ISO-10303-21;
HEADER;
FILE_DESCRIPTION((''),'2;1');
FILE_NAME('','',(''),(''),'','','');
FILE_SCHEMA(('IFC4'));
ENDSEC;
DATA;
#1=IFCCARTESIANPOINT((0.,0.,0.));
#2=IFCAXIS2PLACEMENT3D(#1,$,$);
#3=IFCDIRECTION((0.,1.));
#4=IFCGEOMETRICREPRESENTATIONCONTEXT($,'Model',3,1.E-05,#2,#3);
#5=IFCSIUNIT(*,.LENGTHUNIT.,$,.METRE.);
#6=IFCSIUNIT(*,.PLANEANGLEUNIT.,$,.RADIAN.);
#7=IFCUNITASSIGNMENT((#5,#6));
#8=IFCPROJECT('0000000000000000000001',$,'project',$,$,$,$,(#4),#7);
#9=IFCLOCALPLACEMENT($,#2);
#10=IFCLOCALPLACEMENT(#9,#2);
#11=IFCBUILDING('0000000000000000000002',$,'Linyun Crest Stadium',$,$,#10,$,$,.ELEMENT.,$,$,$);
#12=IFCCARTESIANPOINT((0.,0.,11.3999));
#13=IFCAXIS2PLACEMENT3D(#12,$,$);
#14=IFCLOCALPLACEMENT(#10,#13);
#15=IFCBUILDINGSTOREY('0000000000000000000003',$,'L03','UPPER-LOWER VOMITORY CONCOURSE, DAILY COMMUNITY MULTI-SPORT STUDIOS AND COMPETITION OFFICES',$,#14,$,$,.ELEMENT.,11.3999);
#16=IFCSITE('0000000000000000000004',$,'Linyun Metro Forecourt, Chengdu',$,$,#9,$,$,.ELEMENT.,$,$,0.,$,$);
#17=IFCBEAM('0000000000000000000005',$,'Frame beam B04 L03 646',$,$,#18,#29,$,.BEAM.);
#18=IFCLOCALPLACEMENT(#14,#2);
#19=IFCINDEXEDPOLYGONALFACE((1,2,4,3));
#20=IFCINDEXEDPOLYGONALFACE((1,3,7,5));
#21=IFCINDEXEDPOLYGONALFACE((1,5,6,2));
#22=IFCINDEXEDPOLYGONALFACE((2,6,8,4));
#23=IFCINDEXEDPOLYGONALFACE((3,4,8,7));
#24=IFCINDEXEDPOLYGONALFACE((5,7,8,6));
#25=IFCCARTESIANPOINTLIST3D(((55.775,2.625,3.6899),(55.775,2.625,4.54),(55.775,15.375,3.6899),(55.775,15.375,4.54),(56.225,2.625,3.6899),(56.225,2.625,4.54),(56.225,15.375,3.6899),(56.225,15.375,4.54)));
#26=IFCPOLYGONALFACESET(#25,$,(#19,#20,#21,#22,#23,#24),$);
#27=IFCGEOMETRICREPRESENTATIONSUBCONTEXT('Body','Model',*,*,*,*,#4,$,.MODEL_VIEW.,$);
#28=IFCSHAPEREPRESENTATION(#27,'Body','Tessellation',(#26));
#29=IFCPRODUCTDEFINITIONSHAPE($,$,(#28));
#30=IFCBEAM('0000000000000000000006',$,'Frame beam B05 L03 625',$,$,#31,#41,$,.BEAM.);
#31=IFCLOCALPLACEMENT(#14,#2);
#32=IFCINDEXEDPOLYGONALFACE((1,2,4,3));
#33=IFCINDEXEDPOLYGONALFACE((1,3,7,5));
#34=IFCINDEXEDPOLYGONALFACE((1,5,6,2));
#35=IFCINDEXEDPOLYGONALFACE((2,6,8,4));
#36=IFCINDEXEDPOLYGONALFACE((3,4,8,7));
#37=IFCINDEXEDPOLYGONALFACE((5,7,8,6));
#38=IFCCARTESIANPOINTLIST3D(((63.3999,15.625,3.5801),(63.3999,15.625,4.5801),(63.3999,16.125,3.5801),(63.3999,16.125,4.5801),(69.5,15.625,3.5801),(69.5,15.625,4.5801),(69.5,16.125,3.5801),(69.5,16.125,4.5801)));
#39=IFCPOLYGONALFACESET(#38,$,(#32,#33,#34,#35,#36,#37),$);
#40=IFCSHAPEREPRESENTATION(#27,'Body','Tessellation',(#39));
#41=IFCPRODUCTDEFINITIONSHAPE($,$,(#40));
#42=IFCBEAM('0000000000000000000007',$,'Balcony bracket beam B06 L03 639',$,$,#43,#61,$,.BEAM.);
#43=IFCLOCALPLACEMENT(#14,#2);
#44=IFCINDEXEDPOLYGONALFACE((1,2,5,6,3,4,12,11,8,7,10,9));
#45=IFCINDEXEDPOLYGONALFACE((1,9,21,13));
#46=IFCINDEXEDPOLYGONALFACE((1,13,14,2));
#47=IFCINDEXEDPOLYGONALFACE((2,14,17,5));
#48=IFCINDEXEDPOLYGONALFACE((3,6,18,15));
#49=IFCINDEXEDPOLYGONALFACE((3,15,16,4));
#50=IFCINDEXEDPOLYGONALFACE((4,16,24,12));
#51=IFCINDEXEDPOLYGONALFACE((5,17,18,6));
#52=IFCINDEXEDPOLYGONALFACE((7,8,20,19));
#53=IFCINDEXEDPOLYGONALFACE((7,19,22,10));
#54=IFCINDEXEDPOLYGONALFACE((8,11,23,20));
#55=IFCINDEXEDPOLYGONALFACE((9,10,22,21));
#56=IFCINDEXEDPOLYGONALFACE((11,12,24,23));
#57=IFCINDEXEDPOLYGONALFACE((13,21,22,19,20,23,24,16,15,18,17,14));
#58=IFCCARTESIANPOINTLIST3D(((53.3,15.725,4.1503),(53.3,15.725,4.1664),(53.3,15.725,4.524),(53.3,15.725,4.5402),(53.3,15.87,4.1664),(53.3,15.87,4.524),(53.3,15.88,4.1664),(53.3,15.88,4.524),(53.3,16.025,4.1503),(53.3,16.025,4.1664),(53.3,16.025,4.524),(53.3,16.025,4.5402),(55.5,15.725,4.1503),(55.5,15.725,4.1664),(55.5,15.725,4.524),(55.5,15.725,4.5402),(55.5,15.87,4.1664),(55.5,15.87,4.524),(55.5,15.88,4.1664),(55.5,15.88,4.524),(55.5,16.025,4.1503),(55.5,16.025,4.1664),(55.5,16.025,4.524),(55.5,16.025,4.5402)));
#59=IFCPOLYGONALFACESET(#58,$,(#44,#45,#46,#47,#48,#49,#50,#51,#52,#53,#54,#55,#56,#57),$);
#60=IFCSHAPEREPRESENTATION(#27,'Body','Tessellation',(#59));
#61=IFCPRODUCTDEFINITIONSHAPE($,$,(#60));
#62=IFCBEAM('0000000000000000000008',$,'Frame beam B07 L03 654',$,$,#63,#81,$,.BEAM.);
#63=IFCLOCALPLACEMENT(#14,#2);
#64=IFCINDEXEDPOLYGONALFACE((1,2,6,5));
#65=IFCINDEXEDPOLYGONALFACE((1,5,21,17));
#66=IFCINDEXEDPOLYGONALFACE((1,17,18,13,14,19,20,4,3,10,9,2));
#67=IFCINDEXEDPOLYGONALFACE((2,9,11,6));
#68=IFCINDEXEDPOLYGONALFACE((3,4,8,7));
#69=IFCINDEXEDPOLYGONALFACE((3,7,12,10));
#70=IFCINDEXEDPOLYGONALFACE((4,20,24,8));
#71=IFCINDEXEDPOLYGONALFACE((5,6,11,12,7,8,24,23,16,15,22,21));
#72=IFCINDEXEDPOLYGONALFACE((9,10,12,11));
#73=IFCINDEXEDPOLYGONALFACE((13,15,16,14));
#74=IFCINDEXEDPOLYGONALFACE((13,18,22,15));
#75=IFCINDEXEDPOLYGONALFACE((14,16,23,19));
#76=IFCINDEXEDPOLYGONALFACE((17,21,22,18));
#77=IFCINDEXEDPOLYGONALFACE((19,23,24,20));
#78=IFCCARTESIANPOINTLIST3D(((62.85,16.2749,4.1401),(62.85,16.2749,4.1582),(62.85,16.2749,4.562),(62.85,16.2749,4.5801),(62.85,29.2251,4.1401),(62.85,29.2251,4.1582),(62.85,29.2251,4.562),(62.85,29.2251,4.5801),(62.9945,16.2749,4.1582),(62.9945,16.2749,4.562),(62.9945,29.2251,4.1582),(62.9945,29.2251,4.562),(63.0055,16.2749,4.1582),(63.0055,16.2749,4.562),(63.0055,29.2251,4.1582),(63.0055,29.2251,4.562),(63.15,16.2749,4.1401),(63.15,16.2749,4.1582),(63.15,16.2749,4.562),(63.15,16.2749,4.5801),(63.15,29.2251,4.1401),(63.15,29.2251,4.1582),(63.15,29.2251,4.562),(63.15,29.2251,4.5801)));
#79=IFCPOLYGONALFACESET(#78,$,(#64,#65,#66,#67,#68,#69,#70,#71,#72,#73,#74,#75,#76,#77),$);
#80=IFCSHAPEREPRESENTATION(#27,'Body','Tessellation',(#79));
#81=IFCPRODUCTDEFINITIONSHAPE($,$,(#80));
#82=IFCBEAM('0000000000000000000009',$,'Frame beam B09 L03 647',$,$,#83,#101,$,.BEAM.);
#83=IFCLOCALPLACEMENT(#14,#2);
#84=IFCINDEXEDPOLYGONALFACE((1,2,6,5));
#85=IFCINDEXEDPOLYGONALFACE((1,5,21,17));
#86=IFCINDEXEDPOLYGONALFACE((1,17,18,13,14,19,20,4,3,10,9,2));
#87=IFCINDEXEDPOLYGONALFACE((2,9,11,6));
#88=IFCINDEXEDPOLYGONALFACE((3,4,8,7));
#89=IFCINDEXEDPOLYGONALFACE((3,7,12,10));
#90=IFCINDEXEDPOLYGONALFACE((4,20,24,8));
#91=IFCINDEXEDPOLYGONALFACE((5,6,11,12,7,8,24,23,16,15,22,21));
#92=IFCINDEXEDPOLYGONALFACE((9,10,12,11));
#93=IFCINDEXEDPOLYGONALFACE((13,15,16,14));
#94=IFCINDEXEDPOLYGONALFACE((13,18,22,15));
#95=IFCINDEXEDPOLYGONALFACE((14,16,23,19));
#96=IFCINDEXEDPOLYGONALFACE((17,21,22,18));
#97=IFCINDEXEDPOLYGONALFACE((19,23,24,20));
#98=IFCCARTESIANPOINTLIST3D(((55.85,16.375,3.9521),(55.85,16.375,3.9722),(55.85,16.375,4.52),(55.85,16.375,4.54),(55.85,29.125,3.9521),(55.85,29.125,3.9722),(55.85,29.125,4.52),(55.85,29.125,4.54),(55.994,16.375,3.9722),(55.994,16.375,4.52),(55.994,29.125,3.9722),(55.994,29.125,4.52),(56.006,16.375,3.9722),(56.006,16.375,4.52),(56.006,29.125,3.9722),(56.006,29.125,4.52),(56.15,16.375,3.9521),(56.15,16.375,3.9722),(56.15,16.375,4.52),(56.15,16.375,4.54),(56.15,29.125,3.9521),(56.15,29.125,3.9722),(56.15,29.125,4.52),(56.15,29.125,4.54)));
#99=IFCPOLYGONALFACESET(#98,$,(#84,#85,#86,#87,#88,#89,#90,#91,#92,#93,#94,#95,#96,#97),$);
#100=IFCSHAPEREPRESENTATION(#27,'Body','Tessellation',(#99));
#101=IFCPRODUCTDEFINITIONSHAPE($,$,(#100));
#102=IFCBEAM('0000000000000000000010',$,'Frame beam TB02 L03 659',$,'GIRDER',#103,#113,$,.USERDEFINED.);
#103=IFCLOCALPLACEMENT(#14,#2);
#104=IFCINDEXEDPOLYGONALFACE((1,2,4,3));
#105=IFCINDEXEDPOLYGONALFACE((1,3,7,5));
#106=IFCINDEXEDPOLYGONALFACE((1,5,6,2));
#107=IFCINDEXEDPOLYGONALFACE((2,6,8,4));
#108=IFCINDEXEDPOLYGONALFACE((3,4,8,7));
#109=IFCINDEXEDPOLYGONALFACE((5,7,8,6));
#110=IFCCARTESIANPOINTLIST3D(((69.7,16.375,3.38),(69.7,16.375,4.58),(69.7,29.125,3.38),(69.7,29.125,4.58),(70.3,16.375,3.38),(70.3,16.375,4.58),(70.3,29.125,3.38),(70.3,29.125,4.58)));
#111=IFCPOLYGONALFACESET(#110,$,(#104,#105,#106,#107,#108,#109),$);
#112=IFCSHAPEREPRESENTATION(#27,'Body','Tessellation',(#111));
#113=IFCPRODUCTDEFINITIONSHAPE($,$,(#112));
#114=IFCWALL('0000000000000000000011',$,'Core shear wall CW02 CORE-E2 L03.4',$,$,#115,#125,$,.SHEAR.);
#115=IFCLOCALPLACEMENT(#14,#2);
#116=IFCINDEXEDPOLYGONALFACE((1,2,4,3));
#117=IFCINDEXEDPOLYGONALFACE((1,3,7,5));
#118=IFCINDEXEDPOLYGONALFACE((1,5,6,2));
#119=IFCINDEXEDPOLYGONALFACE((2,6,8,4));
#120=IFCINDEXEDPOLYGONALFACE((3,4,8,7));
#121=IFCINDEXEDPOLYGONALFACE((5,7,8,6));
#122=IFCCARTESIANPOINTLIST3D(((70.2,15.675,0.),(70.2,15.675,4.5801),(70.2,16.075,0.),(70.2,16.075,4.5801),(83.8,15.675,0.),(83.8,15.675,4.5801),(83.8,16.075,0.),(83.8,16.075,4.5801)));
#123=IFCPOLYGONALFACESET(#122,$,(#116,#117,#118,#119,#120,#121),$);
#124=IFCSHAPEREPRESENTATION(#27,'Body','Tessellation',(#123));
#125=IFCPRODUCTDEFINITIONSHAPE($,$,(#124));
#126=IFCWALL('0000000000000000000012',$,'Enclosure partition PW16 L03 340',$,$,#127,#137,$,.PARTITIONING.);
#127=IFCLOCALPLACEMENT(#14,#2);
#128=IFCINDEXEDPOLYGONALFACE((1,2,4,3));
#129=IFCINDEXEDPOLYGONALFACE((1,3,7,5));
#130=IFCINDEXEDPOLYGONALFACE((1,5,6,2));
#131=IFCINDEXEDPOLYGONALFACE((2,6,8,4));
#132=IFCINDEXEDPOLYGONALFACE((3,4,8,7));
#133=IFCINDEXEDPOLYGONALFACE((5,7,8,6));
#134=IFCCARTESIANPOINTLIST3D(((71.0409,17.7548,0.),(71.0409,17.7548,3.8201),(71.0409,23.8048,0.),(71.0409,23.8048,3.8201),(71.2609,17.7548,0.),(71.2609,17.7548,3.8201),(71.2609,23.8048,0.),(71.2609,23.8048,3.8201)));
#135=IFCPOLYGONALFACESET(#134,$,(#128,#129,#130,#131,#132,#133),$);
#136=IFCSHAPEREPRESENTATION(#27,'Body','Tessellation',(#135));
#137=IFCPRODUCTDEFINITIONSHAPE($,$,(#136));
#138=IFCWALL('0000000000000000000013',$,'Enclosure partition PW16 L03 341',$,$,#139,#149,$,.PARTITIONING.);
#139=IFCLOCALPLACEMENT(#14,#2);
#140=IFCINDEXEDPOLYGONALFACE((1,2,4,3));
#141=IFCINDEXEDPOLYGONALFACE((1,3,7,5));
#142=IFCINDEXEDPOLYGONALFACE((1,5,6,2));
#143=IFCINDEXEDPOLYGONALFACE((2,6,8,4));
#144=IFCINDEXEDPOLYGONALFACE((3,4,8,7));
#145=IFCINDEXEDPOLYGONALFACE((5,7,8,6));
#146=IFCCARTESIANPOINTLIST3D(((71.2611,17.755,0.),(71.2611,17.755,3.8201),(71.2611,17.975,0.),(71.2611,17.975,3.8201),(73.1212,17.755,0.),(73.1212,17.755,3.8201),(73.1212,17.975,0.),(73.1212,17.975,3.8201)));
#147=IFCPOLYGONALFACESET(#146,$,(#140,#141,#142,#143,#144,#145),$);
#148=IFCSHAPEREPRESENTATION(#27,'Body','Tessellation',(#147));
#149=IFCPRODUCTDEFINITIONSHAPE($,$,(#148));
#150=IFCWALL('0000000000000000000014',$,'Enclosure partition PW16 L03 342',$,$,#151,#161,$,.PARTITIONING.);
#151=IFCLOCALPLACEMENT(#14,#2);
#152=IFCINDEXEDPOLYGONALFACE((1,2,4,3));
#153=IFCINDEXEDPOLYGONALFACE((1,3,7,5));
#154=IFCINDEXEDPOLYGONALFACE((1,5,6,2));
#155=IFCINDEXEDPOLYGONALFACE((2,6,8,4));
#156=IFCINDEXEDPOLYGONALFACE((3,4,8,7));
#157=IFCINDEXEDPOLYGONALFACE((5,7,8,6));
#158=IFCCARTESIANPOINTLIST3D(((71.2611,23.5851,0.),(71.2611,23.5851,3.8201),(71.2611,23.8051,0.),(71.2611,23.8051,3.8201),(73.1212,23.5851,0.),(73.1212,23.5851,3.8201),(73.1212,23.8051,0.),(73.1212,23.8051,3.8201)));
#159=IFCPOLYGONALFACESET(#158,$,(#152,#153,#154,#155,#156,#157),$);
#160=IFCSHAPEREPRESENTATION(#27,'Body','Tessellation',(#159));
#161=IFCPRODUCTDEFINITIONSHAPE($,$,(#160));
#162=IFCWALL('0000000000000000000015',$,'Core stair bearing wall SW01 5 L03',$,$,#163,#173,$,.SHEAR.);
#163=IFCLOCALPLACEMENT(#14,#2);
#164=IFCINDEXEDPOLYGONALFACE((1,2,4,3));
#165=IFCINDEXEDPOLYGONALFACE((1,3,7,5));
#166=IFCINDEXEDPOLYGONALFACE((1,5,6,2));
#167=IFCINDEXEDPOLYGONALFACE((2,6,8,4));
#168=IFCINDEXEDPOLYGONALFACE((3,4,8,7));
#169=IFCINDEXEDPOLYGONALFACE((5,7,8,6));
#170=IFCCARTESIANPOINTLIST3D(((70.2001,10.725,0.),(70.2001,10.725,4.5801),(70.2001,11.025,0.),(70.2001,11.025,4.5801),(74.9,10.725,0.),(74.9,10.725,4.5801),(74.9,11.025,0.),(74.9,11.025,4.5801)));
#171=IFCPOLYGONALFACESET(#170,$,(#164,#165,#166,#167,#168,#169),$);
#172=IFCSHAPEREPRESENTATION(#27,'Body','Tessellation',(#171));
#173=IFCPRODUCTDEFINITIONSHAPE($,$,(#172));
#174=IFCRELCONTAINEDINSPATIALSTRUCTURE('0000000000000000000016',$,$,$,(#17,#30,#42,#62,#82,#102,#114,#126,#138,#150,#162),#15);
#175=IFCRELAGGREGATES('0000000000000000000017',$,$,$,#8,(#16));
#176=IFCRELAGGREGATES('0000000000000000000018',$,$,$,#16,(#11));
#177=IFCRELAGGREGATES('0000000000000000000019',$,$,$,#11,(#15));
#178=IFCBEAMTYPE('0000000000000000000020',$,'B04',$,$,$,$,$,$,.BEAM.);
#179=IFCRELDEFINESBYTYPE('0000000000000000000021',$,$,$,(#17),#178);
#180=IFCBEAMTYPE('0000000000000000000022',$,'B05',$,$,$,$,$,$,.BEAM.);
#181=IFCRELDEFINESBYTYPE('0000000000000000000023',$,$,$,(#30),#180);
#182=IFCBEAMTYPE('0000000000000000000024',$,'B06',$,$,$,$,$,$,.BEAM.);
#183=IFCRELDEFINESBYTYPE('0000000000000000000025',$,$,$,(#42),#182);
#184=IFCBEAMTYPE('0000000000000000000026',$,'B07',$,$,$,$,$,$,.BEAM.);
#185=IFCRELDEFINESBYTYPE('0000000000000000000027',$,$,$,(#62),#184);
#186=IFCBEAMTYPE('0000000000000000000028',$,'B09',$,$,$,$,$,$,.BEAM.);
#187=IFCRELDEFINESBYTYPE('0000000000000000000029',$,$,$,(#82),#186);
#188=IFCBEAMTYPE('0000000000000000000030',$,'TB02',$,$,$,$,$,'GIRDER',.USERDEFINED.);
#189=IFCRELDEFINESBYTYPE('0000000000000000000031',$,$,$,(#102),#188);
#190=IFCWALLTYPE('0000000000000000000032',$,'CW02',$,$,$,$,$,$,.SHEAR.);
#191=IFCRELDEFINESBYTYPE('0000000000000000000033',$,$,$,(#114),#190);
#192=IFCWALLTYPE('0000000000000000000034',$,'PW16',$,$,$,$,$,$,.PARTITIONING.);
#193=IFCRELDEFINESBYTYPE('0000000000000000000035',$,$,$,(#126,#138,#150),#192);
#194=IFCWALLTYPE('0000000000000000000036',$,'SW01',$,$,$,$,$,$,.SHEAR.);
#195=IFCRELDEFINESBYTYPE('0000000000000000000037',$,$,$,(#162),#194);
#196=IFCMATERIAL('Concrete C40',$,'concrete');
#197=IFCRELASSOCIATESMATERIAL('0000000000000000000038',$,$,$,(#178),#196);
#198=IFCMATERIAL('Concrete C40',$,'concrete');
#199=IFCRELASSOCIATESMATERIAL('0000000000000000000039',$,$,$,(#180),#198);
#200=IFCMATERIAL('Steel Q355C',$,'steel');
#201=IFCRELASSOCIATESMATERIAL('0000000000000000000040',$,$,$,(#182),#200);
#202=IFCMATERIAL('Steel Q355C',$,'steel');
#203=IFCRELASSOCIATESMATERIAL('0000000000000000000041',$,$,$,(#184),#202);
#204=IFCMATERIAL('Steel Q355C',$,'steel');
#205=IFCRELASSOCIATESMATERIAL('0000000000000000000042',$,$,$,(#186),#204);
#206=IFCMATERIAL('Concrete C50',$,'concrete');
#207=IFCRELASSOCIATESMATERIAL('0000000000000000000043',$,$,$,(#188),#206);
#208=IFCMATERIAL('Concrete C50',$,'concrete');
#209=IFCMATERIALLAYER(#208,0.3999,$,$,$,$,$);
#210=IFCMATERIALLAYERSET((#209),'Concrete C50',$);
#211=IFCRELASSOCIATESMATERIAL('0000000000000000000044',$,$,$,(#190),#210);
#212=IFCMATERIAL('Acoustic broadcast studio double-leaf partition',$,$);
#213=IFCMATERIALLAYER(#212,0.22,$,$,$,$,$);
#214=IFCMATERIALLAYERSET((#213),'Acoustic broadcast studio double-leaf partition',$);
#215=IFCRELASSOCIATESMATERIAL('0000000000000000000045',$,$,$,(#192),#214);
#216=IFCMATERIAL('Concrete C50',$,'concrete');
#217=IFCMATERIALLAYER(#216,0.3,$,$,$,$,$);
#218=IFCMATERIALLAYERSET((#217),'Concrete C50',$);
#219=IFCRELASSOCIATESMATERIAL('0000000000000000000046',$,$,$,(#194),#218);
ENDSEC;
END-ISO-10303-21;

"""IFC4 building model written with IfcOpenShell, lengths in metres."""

from ifc_helpers import new_model, si_unit, direction, frame, frame_2d, origin, origin_2d, place, context, subcontext, project, spatial, rectangle, i_section, extrude, material, layer, layer_set, material_profile, profile_set, type_object, element, save


model = new_model("IFC4")

# Units and contexts
model_context = context("Model", 3, precision=1e-05, world=origin(), true_north=direction((0.0, 1.0)))
body_context = subcontext(model_context, "Body", "Model", "MODEL_VIEW")
ifc_project = project(units=[si_unit("LENGTHUNIT", "METRE"), si_unit("PLANEANGLEUNIT", "RADIAN")], contexts=[model_context])

# Site, building, storey
site_placement = place(None, origin())
site = spatial("IfcSite", under=ifc_project, at=site_placement, Name="Linyun Metro Forecourt, Chengdu", CompositionType="ELEMENT", RefElevation=0.0)
building_placement = place(site_placement, origin())
building = spatial("IfcBuilding", under=site, at=building_placement, Name="Linyun Crest Stadium", CompositionType="ELEMENT")
storey_placement = place(building_placement, frame((0.0, 0.0, 11.3999)))
storey = spatial("IfcBuildingStorey", under=building, at=storey_placement, Name="L03", Description="UPPER-LOWER VOMITORY CONCOURSE, DAILY COMMUNITY MULTI-SPORT STUDIOS AND COMPETITION OFFICES", CompositionType="ELEMENT", Elevation=11.3999)

# Beams
ifc_material_1 = material(Name="Concrete C40", Category="concrete")
ifc_material_profile_1 = material_profile(ifc_material_1, rectangle(XDim=0.45, YDim=0.8501, at=origin_2d()), Name="RCB 850x450")
ifc_profile_set_1 = profile_set([ifc_material_profile_1], Name="Concrete C40")
beam_type_1 = type_object("IfcBeamType", Name="B04", PredefinedType="BEAM", material=ifc_profile_set_1)
beam_1_placement = place(storey_placement, frame((56.0, 2.625, 4.115), z_axis=(0.0, 1.0, 0.0), x_axis=(-1.0, 0.0, 0.0)))
element("IfcBeam", 1, at=beam_1_placement, inside=storey, type_object=beam_type_1, Name="Frame beam B04 L03 646", PredefinedType="BEAM", context=body_context, shape_type="SweptSolid", body=[
    extrude(rectangle(XDim=0.45, YDim=0.8501, at=origin_2d()), origin(), (0.0, 0.0, 1.0), 12.75),
])
ifc_material_2 = material(Name="Concrete C40", Category="concrete")
ifc_material_profile_2 = material_profile(ifc_material_2, rectangle(XDim=0.5, YDim=1.0, at=origin_2d()), Name="RCB 1000x500")
ifc_profile_set_2 = profile_set([ifc_material_profile_2], Name="Concrete C40")
beam_type_2 = type_object("IfcBeamType", Name="B05", PredefinedType="BEAM", material=ifc_profile_set_2)
beam_2_placement = place(storey_placement, frame((63.3999, 15.875, 4.0801), z_axis=(1.0, 0.0, 0.0), x_axis=(0.0, 1.0, 0.0)))
element("IfcBeam", 2, at=beam_2_placement, inside=storey, type_object=beam_type_2, Name="Frame beam B05 L03 625", PredefinedType="BEAM", context=body_context, shape_type="SweptSolid", body=[
    extrude(rectangle(XDim=0.5, YDim=1.0, at=origin_2d()), origin(), (0.0, 0.0, 1.0), 6.1001),
])
ifc_material_3 = material(Name="Steel Q355C", Category="steel")
ifc_material_profile_3 = material_profile(ifc_material_3, i_section(OverallWidth=0.3, OverallDepth=0.3899, WebThickness=0.01, FlangeThickness=0.0161, at=origin_2d()), Name="HM 390x300")
ifc_profile_set_3 = profile_set([ifc_material_profile_3], Name="Steel Q355C")
beam_type_3 = type_object("IfcBeamType", Name="B06", PredefinedType="BEAM", material=ifc_profile_set_3)
beam_3_placement = place(storey_placement, frame((55.5, 15.875, 4.3452), z_axis=(-1.0, 0.0, 0.0), x_axis=(0.0, -1.0, 0.0)))
element("IfcBeam", 3, at=beam_3_placement, inside=storey, type_object=beam_type_3, Name="Balcony bracket beam B06 L03 639", PredefinedType="BEAM", context=body_context, shape_type="SweptSolid", body=[
    extrude(i_section(OverallWidth=0.3, OverallDepth=0.3899, WebThickness=0.01, FlangeThickness=0.0161, at=origin_2d()), origin(), (0.0, 0.0, 1.0), 2.2),
])
ifc_material_4 = material(Name="Steel Q355C", Category="steel")
ifc_material_profile_4 = material_profile(ifc_material_4, i_section(OverallWidth=0.3, OverallDepth=0.4399, WebThickness=0.011, FlangeThickness=0.0181, at=origin_2d()), Name="HM 440x300")
ifc_profile_set_4 = profile_set([ifc_material_profile_4], Name="Steel Q355C")
beam_type_4 = type_object("IfcBeamType", Name="B07", PredefinedType="BEAM", material=ifc_profile_set_4)
beam_4_placement = place(storey_placement, frame((63.0, 16.2749, 4.3601), z_axis=(0.0, 1.0, 0.0), x_axis=(-1.0, 0.0, 0.0)))
element("IfcBeam", 4, at=beam_4_placement, inside=storey, type_object=beam_type_4, Name="Frame beam B07 L03 654", PredefinedType="BEAM", context=body_context, shape_type="SweptSolid", body=[
    extrude(i_section(OverallWidth=0.3, OverallDepth=0.4399, WebThickness=0.011, FlangeThickness=0.0181, at=origin_2d()), origin(), (0.0, 0.0, 1.0), 12.9502),
])
ifc_material_5 = material(Name="Steel Q355C", Category="steel")
ifc_material_profile_5 = material_profile(ifc_material_5, i_section(OverallWidth=0.3, OverallDepth=0.5879, WebThickness=0.012, FlangeThickness=0.02, at=origin_2d()), Name="HM 588x300")
ifc_profile_set_5 = profile_set([ifc_material_profile_5], Name="Steel Q355C")
beam_type_5 = type_object("IfcBeamType", Name="B09", PredefinedType="BEAM", material=ifc_profile_set_5)
beam_5_placement = place(storey_placement, frame((56.0, 16.375, 4.2461), z_axis=(0.0, 1.0, 0.0), x_axis=(-1.0, 0.0, 0.0)))
element("IfcBeam", 5, at=beam_5_placement, inside=storey, type_object=beam_type_5, Name="Frame beam B09 L03 647", PredefinedType="BEAM", context=body_context, shape_type="SweptSolid", body=[
    extrude(i_section(OverallWidth=0.3, OverallDepth=0.5879, WebThickness=0.012, FlangeThickness=0.02, at=origin_2d()), origin(), (0.0, 0.0, 1.0), 12.75),
])
ifc_material_6 = material(Name="Concrete C50", Category="concrete")
ifc_material_profile_6 = material_profile(ifc_material_6, rectangle(XDim=0.6001, YDim=1.2, at=origin_2d()), Name="RCB 1200x600")
ifc_profile_set_6 = profile_set([ifc_material_profile_6], Name="Concrete C50")
beam_type_6 = type_object("IfcBeamType", Name="TB02", ElementType="GIRDER", PredefinedType="USERDEFINED", material=ifc_profile_set_6)
beam_6_placement = place(storey_placement, frame((70.0, 16.375, 3.98), z_axis=(0.0, 1.0, 0.0), x_axis=(-1.0, 0.0, 0.0)))
element("IfcBeam", 6, at=beam_6_placement, inside=storey, type_object=beam_type_6, Name="Frame beam TB02 L03 659", ObjectType="GIRDER", PredefinedType="USERDEFINED", context=body_context, shape_type="SweptSolid", body=[
    extrude(rectangle(XDim=0.6001, YDim=1.2, at=origin_2d()), origin(), (0.0, 0.0, 1.0), 12.75),
])

# Walls
ifc_material_7 = material(Name="Concrete C50", Category="concrete")
ifc_layer_1 = layer(ifc_material_7, 0.3999)
ifc_layer_set_1 = layer_set([ifc_layer_1], Name="Concrete C50")
wall_type_1 = type_object("IfcWallType", Name="CW02", PredefinedType="SHEAR", material=ifc_layer_set_1)
wall_1_placement = place(storey_placement, frame((70.2, 15.875, 0.0), z_axis=(0.0, 0.0, 1.0), x_axis=(1.0, 0.0, 0.0)))
element("IfcWall", 7, at=wall_1_placement, inside=storey, type_object=wall_type_1, Name="Core shear wall CW02 CORE-E2 L03.4", PredefinedType="SHEAR", context=body_context, shape_type="SweptSolid", body=[
    extrude(rectangle(XDim=13.6001, YDim=0.3999, at=frame_2d((6.8, 0.0))), origin(), (0.0, 0.0, 1.0), 4.5801),
])
ifc_material_8 = material(Name="Acoustic broadcast studio double-leaf partition")
ifc_layer_2 = layer(ifc_material_8, 0.22)
ifc_layer_set_2 = layer_set([ifc_layer_2], Name="Acoustic broadcast studio double-leaf partition")
wall_type_2 = type_object("IfcWallType", Name="PW16", PredefinedType="PARTITIONING", material=ifc_layer_set_2)
wall_2_placement = place(storey_placement, frame((71.1509, 17.7549, 0.0), z_axis=(0.0, 0.0, 1.0), x_axis=(0.0, 1.0, 0.0)))
element("IfcWall", 8, at=wall_2_placement, inside=storey, type_object=wall_type_2, Name="Enclosure partition PW16 L03 340", PredefinedType="PARTITIONING", context=body_context, shape_type="SweptSolid", body=[
    extrude(rectangle(XDim=6.05, YDim=0.22, at=frame_2d((3.0249, 0.0))), origin(), (0.0, 0.0, 1.0), 3.8201),
])
for number, where, z_axis, x_axis, name in (
    (9, (71.261, 17.865, 0.0), (0.0, 0.0, 1.0), (1.0, 0.0, 0.0), "Enclosure partition PW16 L03 341"),
    (10, (71.261, 23.6951, 0.0), (0.0, 0.0, 1.0), (1.0, 0.0, 0.0), "Enclosure partition PW16 L03 342"),
):
    element("IfcWall", number, at=place(storey_placement, frame(where, z_axis=z_axis, x_axis=x_axis)), inside=storey, type_object=wall_type_2, Name=name, PredefinedType="PARTITIONING", context=body_context, shape_type="SweptSolid", body=[
        extrude(rectangle(XDim=1.8601, YDim=0.22, at=frame_2d((0.9302, 0.0))), origin(), (0.0, 0.0, 1.0), 3.8201),
    ])
ifc_material_9 = material(Name="Concrete C50", Category="concrete")
ifc_layer_3 = layer(ifc_material_9, 0.3)
ifc_layer_set_3 = layer_set([ifc_layer_3], Name="Concrete C50")
wall_type_3 = type_object("IfcWallType", Name="SW01", PredefinedType="SHEAR", material=ifc_layer_set_3)
wall_3_placement = place(storey_placement, frame((70.2, 10.875, 0.0), z_axis=(0.0, 0.0, 1.0), x_axis=(1.0, 0.0, 0.0)))
element("IfcWall", 11, at=wall_3_placement, inside=storey, type_object=wall_type_3, Name="Core stair bearing wall SW01 5 L03", PredefinedType="SHEAR", context=body_context, shape_type="SweptSolid", body=[
    extrude(rectangle(XDim=4.7, YDim=0.3, at=frame_2d((2.3501, 0.0))), origin(), (0.0, 0.0, 1.0), 4.5801),
])

save(model, "model.ifc")
